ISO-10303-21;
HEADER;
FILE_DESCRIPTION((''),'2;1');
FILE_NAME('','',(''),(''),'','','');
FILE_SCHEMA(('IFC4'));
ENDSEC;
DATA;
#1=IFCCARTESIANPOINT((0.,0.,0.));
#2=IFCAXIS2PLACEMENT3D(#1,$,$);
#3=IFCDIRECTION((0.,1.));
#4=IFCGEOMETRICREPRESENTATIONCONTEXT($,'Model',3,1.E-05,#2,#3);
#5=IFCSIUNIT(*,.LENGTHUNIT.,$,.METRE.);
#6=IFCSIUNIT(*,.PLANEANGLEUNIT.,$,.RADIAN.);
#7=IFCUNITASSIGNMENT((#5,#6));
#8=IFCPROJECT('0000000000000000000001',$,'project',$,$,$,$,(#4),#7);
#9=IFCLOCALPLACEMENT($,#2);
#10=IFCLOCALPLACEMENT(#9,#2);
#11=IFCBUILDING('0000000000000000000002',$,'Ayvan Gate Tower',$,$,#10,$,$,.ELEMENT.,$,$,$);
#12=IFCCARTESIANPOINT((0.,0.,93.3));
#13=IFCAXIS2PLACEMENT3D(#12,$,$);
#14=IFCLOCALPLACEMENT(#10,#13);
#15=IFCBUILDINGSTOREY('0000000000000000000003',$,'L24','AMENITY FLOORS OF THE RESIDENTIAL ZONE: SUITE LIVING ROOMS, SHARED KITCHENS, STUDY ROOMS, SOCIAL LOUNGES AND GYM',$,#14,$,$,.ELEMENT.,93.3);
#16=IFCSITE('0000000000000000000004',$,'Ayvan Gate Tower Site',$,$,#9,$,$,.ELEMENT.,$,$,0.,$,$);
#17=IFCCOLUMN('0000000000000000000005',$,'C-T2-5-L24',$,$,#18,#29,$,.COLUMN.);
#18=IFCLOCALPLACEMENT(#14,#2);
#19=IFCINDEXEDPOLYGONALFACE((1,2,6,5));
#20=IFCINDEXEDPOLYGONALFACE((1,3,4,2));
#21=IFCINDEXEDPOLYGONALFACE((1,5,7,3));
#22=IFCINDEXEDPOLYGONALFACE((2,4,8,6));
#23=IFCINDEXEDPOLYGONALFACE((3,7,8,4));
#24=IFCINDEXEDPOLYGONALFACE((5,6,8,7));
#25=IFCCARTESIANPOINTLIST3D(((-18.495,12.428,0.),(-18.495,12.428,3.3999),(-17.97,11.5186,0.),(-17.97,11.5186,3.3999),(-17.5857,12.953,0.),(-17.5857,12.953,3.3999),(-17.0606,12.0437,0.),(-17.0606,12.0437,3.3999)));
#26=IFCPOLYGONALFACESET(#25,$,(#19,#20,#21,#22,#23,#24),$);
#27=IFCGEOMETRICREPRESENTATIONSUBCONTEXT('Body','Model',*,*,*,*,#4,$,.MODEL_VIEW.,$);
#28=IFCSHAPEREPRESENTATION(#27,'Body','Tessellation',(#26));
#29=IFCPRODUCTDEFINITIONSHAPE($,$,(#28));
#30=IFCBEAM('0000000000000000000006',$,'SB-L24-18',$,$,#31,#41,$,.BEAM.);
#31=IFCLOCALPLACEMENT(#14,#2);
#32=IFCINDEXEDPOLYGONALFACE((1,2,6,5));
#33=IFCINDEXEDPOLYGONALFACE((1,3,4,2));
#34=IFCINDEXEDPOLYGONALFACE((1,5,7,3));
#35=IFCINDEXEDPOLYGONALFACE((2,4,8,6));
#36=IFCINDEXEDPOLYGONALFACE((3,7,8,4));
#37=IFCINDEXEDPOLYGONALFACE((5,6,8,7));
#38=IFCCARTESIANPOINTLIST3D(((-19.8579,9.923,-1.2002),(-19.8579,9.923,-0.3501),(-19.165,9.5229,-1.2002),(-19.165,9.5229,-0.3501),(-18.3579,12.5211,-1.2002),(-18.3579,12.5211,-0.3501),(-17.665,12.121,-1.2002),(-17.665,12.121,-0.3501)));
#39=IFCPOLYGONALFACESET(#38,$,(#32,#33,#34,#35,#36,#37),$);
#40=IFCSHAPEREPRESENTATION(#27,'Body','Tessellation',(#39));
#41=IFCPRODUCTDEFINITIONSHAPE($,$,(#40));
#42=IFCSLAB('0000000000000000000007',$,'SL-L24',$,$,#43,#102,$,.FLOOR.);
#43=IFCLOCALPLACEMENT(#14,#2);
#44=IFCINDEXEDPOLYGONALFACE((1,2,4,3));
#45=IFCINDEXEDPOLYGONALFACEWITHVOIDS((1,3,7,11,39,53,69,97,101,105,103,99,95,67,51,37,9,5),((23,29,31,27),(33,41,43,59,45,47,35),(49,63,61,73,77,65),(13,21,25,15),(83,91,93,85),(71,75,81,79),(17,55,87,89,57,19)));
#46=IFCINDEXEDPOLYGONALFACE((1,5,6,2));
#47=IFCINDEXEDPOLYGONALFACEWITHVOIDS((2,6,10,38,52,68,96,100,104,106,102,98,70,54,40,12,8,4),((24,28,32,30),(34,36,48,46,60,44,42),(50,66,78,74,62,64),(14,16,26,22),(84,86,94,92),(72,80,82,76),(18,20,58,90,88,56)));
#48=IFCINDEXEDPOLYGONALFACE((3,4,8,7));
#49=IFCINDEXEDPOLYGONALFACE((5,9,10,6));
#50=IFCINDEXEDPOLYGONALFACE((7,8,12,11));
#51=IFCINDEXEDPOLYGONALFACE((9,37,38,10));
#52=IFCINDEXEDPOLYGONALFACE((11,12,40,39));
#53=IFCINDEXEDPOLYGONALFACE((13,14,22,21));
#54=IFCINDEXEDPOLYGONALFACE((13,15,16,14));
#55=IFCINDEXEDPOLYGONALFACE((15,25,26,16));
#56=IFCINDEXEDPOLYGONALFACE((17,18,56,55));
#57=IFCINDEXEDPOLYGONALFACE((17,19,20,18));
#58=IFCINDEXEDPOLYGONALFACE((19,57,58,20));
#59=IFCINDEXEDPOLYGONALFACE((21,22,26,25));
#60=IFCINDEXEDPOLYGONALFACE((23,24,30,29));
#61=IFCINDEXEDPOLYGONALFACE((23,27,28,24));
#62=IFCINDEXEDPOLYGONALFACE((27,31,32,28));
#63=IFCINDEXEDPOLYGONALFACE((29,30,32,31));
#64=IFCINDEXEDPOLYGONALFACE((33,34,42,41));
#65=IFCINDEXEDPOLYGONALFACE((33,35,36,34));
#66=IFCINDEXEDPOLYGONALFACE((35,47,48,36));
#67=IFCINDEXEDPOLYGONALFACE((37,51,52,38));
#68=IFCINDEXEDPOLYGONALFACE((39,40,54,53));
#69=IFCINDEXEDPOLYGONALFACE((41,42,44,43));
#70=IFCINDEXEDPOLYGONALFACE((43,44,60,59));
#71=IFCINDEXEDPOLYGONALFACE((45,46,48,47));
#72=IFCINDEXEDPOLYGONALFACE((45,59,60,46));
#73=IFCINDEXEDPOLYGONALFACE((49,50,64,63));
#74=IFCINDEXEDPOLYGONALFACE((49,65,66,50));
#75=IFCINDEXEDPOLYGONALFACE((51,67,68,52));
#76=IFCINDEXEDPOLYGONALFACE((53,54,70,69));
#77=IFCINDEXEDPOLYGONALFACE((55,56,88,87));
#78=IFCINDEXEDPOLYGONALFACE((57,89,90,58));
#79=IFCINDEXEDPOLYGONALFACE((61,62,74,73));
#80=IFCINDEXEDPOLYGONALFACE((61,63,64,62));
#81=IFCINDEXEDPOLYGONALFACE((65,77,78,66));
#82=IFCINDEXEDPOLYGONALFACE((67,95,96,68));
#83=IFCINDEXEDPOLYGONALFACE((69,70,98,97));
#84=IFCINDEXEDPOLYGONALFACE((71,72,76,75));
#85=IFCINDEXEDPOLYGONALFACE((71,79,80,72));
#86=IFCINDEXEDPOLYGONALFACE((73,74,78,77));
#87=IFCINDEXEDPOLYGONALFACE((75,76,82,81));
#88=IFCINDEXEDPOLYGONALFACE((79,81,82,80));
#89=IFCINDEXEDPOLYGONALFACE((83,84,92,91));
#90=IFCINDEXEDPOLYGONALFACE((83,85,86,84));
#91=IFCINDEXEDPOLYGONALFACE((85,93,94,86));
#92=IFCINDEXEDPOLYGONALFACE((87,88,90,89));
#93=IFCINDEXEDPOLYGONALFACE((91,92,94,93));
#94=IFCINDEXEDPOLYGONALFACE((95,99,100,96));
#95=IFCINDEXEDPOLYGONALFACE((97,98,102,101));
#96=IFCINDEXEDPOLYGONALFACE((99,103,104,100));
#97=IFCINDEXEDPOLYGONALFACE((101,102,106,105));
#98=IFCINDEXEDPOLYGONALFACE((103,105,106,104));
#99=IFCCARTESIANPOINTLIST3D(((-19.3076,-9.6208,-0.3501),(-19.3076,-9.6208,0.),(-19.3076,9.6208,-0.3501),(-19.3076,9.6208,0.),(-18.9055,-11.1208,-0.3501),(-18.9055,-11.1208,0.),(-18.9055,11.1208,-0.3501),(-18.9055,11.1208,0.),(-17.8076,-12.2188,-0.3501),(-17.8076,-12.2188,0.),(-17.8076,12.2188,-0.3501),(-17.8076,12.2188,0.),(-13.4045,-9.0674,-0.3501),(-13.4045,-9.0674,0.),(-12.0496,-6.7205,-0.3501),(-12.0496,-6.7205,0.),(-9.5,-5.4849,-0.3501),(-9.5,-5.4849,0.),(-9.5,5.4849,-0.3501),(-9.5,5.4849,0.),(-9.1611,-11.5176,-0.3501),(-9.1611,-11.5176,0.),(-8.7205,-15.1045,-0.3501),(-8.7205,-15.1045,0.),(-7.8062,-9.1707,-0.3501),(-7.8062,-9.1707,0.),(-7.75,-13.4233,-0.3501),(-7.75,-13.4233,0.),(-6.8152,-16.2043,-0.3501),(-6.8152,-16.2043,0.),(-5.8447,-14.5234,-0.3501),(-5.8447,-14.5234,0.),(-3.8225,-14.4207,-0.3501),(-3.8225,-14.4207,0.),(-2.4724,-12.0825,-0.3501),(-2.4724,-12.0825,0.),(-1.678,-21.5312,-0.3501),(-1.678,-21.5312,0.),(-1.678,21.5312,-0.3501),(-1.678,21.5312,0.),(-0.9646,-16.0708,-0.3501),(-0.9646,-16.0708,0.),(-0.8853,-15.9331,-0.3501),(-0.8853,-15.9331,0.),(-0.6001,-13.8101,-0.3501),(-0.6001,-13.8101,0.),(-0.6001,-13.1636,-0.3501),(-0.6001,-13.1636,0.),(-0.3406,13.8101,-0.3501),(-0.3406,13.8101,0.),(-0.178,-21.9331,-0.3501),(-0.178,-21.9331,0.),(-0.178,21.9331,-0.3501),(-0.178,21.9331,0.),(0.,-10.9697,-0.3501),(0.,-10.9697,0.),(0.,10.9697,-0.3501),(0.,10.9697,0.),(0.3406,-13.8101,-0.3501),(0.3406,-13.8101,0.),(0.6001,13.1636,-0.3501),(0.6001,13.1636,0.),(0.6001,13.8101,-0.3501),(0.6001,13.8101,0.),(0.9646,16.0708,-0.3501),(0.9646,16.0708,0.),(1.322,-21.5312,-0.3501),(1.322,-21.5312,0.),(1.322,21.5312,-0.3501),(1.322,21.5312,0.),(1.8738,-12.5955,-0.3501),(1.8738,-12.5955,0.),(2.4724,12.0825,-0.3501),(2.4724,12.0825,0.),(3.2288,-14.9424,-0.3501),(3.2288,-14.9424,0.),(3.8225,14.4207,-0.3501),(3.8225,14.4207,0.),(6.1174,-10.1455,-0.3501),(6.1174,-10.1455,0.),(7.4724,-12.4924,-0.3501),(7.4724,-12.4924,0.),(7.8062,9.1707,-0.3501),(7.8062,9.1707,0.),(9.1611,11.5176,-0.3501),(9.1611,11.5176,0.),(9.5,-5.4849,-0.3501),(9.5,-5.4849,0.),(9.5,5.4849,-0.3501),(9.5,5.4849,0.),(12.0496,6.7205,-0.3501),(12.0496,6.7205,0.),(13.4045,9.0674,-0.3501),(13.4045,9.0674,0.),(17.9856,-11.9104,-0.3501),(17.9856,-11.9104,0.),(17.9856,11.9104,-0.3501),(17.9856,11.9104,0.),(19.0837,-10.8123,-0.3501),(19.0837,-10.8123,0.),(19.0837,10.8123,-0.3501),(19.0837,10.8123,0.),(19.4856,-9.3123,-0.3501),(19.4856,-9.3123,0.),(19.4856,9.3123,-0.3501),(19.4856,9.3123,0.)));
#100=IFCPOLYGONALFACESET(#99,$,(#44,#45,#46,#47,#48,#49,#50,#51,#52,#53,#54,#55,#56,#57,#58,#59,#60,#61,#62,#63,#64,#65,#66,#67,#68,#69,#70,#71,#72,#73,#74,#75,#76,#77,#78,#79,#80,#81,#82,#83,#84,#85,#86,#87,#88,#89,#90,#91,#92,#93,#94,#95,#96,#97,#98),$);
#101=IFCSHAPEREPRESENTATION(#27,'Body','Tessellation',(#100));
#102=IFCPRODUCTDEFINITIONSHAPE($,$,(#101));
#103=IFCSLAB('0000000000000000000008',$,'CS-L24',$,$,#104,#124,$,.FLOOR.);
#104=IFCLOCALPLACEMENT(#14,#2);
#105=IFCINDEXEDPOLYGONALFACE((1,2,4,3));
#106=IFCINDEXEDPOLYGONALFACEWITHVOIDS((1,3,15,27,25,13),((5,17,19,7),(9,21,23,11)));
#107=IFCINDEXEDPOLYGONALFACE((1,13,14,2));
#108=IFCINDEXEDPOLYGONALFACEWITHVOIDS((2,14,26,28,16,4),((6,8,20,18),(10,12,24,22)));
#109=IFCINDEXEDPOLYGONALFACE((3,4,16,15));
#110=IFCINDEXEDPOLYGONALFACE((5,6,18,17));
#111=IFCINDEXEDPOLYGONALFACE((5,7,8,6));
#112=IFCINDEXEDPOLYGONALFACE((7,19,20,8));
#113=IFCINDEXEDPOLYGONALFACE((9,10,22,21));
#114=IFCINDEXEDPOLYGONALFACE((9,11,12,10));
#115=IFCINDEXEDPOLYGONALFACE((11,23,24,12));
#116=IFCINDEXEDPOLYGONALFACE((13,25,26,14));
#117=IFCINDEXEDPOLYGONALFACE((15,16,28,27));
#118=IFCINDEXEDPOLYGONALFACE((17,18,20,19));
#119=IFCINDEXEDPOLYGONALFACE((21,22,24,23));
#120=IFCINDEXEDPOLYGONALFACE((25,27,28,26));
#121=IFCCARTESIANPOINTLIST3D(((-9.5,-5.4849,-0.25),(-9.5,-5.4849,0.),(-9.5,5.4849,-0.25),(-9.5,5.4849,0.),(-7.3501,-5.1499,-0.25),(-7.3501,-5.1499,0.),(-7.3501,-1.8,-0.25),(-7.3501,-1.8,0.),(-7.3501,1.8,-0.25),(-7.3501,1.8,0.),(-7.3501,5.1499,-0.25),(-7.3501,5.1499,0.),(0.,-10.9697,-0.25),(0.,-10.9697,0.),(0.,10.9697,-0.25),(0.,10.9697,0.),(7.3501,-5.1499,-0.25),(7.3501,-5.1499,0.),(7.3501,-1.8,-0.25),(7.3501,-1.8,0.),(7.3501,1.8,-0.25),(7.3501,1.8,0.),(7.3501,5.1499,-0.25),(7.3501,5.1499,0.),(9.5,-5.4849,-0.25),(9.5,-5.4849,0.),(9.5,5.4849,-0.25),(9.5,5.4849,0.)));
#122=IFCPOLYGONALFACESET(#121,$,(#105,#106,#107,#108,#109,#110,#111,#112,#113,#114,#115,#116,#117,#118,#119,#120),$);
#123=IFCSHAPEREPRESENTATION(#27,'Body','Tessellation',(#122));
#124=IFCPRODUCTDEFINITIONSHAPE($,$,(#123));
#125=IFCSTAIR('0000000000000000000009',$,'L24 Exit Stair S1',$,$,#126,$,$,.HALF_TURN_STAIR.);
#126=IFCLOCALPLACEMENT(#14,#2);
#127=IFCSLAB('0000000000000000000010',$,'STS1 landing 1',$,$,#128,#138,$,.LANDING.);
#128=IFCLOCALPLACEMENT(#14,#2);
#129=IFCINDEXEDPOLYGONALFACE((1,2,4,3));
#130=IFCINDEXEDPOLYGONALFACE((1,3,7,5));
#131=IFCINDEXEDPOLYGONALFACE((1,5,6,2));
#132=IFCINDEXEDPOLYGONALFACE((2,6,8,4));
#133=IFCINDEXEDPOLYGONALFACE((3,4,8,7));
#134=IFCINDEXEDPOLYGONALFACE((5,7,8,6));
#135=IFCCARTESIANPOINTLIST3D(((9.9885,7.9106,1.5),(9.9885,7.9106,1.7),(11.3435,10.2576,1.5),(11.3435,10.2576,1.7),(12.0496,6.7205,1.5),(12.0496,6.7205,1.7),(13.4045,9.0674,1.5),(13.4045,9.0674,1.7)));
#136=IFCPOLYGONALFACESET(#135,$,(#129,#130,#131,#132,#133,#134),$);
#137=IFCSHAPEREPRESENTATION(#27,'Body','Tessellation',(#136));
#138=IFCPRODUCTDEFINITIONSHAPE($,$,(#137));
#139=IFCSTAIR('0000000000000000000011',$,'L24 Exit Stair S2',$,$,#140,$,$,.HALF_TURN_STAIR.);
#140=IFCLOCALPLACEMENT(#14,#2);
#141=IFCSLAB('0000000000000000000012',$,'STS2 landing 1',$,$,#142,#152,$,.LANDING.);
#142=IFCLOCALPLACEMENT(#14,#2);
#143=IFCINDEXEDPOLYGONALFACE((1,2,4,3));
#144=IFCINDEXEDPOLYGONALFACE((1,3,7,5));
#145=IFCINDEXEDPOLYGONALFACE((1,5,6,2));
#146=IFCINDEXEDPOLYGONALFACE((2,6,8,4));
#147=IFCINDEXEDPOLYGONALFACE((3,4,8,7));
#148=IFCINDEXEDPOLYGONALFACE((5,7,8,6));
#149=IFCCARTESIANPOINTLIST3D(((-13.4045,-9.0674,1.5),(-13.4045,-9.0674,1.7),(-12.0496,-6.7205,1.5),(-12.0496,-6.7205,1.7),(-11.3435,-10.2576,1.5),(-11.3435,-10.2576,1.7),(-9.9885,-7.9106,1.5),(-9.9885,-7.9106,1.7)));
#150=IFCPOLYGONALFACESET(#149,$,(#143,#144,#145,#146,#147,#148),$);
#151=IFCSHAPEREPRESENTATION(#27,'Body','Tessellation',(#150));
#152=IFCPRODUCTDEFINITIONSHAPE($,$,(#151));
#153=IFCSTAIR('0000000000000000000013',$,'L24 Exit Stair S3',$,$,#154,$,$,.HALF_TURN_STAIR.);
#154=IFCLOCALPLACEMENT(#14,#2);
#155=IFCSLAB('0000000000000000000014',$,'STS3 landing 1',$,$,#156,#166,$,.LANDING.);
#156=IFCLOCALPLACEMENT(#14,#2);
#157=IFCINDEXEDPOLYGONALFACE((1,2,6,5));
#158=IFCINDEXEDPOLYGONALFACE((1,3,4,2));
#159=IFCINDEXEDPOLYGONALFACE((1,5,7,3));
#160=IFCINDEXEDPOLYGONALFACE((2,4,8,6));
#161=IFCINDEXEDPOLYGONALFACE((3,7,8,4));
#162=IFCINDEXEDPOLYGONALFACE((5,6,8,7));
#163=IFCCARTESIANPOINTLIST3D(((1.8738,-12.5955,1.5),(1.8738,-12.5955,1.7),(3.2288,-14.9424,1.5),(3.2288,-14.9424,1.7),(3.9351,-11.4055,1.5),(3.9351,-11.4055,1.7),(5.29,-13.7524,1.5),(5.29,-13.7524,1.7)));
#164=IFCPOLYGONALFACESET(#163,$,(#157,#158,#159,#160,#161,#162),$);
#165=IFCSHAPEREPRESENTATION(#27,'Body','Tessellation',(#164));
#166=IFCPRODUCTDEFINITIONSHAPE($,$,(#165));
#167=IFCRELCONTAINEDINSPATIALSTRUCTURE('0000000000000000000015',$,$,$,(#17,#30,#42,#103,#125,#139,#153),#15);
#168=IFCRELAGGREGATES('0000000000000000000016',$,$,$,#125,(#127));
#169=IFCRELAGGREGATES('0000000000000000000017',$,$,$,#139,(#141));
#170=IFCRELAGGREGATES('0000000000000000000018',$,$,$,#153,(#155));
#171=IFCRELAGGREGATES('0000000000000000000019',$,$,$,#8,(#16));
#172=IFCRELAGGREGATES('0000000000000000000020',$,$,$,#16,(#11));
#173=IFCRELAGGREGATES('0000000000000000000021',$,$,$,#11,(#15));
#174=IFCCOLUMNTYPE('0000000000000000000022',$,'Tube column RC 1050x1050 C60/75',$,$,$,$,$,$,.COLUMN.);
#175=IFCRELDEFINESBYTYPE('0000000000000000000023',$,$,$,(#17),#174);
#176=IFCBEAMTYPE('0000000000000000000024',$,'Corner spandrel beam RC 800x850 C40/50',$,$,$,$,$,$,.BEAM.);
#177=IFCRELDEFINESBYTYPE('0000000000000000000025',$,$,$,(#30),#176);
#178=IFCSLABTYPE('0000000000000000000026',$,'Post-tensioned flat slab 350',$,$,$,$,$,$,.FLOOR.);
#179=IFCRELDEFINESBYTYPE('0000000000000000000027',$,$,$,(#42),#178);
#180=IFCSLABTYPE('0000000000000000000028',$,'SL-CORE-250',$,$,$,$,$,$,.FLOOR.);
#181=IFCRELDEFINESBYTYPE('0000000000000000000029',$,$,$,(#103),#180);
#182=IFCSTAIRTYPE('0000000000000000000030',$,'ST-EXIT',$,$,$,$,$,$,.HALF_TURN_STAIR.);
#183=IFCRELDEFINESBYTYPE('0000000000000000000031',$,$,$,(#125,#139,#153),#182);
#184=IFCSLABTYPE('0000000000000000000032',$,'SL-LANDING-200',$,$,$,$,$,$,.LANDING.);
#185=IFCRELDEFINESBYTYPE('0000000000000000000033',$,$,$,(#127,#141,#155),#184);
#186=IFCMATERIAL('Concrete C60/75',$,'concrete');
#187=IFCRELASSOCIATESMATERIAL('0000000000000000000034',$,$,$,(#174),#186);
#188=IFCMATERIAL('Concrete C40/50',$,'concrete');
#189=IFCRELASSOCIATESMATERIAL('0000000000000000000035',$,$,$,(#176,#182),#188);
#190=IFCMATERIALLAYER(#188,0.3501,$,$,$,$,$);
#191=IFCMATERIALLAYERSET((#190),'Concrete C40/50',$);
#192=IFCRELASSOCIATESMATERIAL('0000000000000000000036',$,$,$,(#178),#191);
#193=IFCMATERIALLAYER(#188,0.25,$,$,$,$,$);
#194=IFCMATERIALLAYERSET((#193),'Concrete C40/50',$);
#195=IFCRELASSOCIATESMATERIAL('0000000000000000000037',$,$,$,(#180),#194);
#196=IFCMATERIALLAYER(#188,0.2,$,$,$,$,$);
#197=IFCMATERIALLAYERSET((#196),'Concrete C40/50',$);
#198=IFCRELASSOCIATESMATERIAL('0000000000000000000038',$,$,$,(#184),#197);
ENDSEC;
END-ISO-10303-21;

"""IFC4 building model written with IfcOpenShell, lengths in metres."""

from ifc_helpers import new_model, si_unit, direction, frame, origin, origin_2d, place, context, subcontext, project, spatial, polyline, rectangle, outline, extrude, material, layer, layer_set, material_profile, profile_set, type_object, element, aggregate, save


model = new_model("IFC4")

# Units and contexts
model_context = context("Model", 3, precision=1e-05, world=origin(), true_north=direction((0.0, 1.0)))
body_context = subcontext(model_context, "Body", "Model", "MODEL_VIEW")
ifc_project = project(units=[si_unit("LENGTHUNIT", "METRE"), si_unit("PLANEANGLEUNIT", "RADIAN")], contexts=[model_context])

# Site, building, storey
site_placement = place(None, origin())
site = spatial("IfcSite", under=ifc_project, at=site_placement, Name="Ayvan Gate Tower Site", CompositionType="ELEMENT", RefElevation=0.0)
building_placement = place(site_placement, origin())
building = spatial("IfcBuilding", under=site, at=building_placement, Name="Ayvan Gate Tower", CompositionType="ELEMENT")
storey_placement = place(building_placement, frame((0.0, 0.0, 93.3)))
storey = spatial("IfcBuildingStorey", under=building, at=storey_placement, Name="L24", Description="AMENITY FLOORS OF THE RESIDENTIAL ZONE: SUITE LIVING ROOMS, SHARED KITCHENS, STUDY ROOMS, SOCIAL LOUNGES AND GYM", CompositionType="ELEMENT", Elevation=93.3)

# Column
ifc_material_1 = material(Name="Concrete C60/75", Category="concrete")
ifc_material_profile_1 = material_profile(ifc_material_1, rectangle(XDim=1.05, YDim=1.05, at=origin_2d()), Name="RC 1050x1050")
ifc_profile_set_1 = profile_set([ifc_material_profile_1], Name="Concrete C60/75")
column_type = type_object("IfcColumnType", Name="Tube column RC 1050x1050 C60/75", PredefinedType="COLUMN", material=ifc_profile_set_1)
column_placement = place(storey_placement, frame((-17.7778, 12.2358, 0.0), z_axis=(0.0, 0.0, 1.0), x_axis=(-0.5, 0.866025, 0.0)))
element("IfcColumn", 1, at=column_placement, inside=storey, type_object=column_type, Name="C-T2-5-L24", PredefinedType="COLUMN", context=body_context, shape_type="SweptSolid", body=[
    extrude(rectangle(XDim=1.05, YDim=1.05, at=origin_2d()), origin(), (0.0, 0.0, 1.0), 3.3999),
])

# Beam
ifc_material_2 = material(Name="Concrete C40/50", Category="concrete")
ifc_material_profile_2 = material_profile(ifc_material_2, rectangle(XDim=0.8, YDim=0.8501, at=origin_2d()), Name="RC 800x850")
ifc_profile_set_2 = profile_set([ifc_material_profile_2], Name="Concrete C40/50")
beam_type = type_object("IfcBeamType", Name="Corner spandrel beam RC 800x850 C40/50", PredefinedType="BEAM", material=ifc_profile_set_2)
beam_placement = place(storey_placement, frame((-18.0115, 12.321, -0.7751), z_axis=(-0.49999, -0.866031, 0.0), x_axis=(0.866031, -0.49999, 0.0)))
element("IfcBeam", 2, at=beam_placement, inside=storey, type_object=beam_type, Name="SB-L24-18", PredefinedType="BEAM", context=body_context, shape_type="SweptSolid", body=[
    extrude(rectangle(XDim=0.8, YDim=0.8501, at=origin_2d()), origin(), (0.0, 0.0, 1.0), 3.0),
])

# Slabs
ifc_layer_1 = layer(ifc_material_2, 0.3501)
ifc_layer_set_1 = layer_set([ifc_layer_1], Name="Concrete C40/50")
slab_type_1 = type_object("IfcSlabType", Name="Post-tensioned flat slab 350", PredefinedType="FLOOR", material=ifc_layer_set_1)
slab_1_placement = place(storey_placement, frame((0.0, 0.0, -0.3501)))
element("IfcSlab", 3, at=slab_1_placement, inside=storey, type_object=slab_type_1, Name="SL-L24", PredefinedType="FLOOR", context=body_context, shape_type="SweptSolid", body=[
    extrude(outline(polyline([(-0.178, -21.9331), (-1.678, -21.5312), (-17.8076, -12.2188), (-18.9055, -11.1208), (-19.3076, -9.6208), (-19.3076, 9.6208), (-18.9055, 11.1208), (-17.8076, 12.2188), (-1.678, 21.5312), (-0.178, 21.9331), (1.322, 21.5312), (17.9856, 11.9104), (19.0837, 10.8123), (19.4856, 9.3123), (19.4856, -9.3123), (19.0837, -10.8123), (17.9856, -11.9104), (1.322, -21.5312), (-0.178, -21.9331)]), holes=[polyline([(13.4045, 9.0674), (9.1611, 11.5176), (7.8062, 9.1707), (12.0496, 6.7205), (13.4045, 9.0674)]), polyline([(0.0, 10.9697), (-9.5, 5.4849), (-9.5, -5.4849), (0.0, -10.9697), (9.5, -5.4849), (9.5, 5.4849), (0.0, 10.9697)]), polyline([(3.2288, -14.9424), (7.4724, -12.4924), (6.1174, -10.1455), (1.8738, -12.5955), (3.2288, -14.9424)]), polyline([(2.4724, 12.0825), (3.8225, 14.4207), (0.9646, 16.0708), (-0.3406, 13.8101), (0.6001, 13.8101), (0.6001, 13.1636), (2.4724, 12.0825)]), polyline([(0.3406, -13.8101), (-0.6001, -13.8101), (-0.6001, -13.1636), (-2.4724, -12.0825), (-3.8225, -14.4207), (-0.9646, -16.0708), (-0.8853, -15.9331), (0.3406, -13.8101)]), polyline([(-5.8447, -14.5234), (-7.75, -13.4233), (-8.7205, -15.1045), (-6.8152, -16.2043), (-5.8447, -14.5234)]), polyline([(-7.8062, -9.1707), (-12.0496, -6.7205), (-13.4045, -9.0674), (-9.1611, -11.5176), (-7.8062, -9.1707)])]), origin(), (0.0, 0.0, 1.0), 0.3501),
])
ifc_layer_2 = layer(ifc_material_2, 0.25)
ifc_layer_set_2 = layer_set([ifc_layer_2], Name="Concrete C40/50")
slab_type_2 = type_object("IfcSlabType", Name="SL-CORE-250", PredefinedType="FLOOR", material=ifc_layer_set_2)
slab_2_placement = place(storey_placement, frame((0.0, 0.0, -0.25)))
element("IfcSlab", 4, at=slab_2_placement, inside=storey, type_object=slab_type_2, Name="CS-L24", PredefinedType="FLOOR", context=body_context, shape_type="SweptSolid", body=[
    extrude(outline(polyline([(9.5, -5.4849), (0.0, -10.9697), (-9.5, -5.4849), (-9.5, 5.4849), (0.0, 10.9697), (9.5, 5.4849), (9.5, -5.4849)]), holes=[polyline([(-7.3501, -1.8), (-7.3501, -5.1499), (7.3501, -5.1499), (7.3501, -1.8), (-7.3501, -1.8)]), polyline([(-7.3501, 5.1499), (-7.3501, 1.8), (7.3501, 1.8), (7.3501, 5.1499), (-7.3501, 5.1499)])]), origin(), (0.0, 0.0, 1.0), 0.25),
])

# Stairs, slabs
stair_type = type_object("IfcStairType", Name="ST-EXIT", PredefinedType="HALF_TURN_STAIR", material=ifc_material_2)
stair_1_placement = place(storey_placement, origin())
stair_1 = element("IfcStair", 5, at=stair_1_placement, inside=storey, type_object=stair_type, Name="L24 Exit Stair S1", PredefinedType="HALF_TURN_STAIR")
ifc_layer_3 = layer(ifc_material_2, 0.2)
ifc_layer_set_3 = layer_set([ifc_layer_3], Name="Concrete C40/50")
slab_type_3 = type_object("IfcSlabType", Name="SL-LANDING-200", PredefinedType="LANDING", material=ifc_layer_set_3)
slab_3_placement = place(storey_placement, frame((0.0, 0.0, 1.5)))
slab_3 = element("IfcSlab", 6, at=slab_3_placement, type_object=slab_type_3, Name="STS1 landing 1", PredefinedType="LANDING", context=body_context, shape_type="SweptSolid", body=[
    extrude(outline(polyline([(9.9885, 7.9106), (12.0496, 6.7205), (13.4045, 9.0674), (11.3435, 10.2576), (9.9885, 7.9106)])), origin(), (0.0, 0.0, 1.0), 0.2),
])
aggregate(stair_1, [slab_3])
stair_2_placement = place(storey_placement, origin())
stair_2 = element("IfcStair", 7, at=stair_2_placement, inside=storey, type_object=stair_type, Name="L24 Exit Stair S2", PredefinedType="HALF_TURN_STAIR")
slab_4_placement = place(storey_placement, frame((0.0, 0.0, 1.5)))
slab_4 = element("IfcSlab", 8, at=slab_4_placement, type_object=slab_type_3, Name="STS2 landing 1", PredefinedType="LANDING", context=body_context, shape_type="SweptSolid", body=[
    extrude(outline(polyline([(-9.9885, -7.9106), (-12.0496, -6.7205), (-13.4045, -9.0674), (-11.3435, -10.2576), (-9.9885, -7.9106)])), origin(), (0.0, 0.0, 1.0), 0.2),
])
aggregate(stair_2, [slab_4])
stair_3_placement = place(storey_placement, origin())
stair_3 = element("IfcStair", 9, at=stair_3_placement, inside=storey, type_object=stair_type, Name="L24 Exit Stair S3", PredefinedType="HALF_TURN_STAIR")
slab_5_placement = place(storey_placement, frame((0.0, 0.0, 1.5)))
slab_5 = element("IfcSlab", 10, at=slab_5_placement, type_object=slab_type_3, Name="STS3 landing 1", PredefinedType="LANDING", context=body_context, shape_type="SweptSolid", body=[
    extrude(outline(polyline([(3.9351, -11.4055), (1.8738, -12.5955), (3.2288, -14.9424), (5.29, -13.7524), (3.9351, -11.4055)])), origin(), (0.0, 0.0, 1.0), 0.2),
])
aggregate(stair_3, [slab_5])

save(model, "model.ifc")
